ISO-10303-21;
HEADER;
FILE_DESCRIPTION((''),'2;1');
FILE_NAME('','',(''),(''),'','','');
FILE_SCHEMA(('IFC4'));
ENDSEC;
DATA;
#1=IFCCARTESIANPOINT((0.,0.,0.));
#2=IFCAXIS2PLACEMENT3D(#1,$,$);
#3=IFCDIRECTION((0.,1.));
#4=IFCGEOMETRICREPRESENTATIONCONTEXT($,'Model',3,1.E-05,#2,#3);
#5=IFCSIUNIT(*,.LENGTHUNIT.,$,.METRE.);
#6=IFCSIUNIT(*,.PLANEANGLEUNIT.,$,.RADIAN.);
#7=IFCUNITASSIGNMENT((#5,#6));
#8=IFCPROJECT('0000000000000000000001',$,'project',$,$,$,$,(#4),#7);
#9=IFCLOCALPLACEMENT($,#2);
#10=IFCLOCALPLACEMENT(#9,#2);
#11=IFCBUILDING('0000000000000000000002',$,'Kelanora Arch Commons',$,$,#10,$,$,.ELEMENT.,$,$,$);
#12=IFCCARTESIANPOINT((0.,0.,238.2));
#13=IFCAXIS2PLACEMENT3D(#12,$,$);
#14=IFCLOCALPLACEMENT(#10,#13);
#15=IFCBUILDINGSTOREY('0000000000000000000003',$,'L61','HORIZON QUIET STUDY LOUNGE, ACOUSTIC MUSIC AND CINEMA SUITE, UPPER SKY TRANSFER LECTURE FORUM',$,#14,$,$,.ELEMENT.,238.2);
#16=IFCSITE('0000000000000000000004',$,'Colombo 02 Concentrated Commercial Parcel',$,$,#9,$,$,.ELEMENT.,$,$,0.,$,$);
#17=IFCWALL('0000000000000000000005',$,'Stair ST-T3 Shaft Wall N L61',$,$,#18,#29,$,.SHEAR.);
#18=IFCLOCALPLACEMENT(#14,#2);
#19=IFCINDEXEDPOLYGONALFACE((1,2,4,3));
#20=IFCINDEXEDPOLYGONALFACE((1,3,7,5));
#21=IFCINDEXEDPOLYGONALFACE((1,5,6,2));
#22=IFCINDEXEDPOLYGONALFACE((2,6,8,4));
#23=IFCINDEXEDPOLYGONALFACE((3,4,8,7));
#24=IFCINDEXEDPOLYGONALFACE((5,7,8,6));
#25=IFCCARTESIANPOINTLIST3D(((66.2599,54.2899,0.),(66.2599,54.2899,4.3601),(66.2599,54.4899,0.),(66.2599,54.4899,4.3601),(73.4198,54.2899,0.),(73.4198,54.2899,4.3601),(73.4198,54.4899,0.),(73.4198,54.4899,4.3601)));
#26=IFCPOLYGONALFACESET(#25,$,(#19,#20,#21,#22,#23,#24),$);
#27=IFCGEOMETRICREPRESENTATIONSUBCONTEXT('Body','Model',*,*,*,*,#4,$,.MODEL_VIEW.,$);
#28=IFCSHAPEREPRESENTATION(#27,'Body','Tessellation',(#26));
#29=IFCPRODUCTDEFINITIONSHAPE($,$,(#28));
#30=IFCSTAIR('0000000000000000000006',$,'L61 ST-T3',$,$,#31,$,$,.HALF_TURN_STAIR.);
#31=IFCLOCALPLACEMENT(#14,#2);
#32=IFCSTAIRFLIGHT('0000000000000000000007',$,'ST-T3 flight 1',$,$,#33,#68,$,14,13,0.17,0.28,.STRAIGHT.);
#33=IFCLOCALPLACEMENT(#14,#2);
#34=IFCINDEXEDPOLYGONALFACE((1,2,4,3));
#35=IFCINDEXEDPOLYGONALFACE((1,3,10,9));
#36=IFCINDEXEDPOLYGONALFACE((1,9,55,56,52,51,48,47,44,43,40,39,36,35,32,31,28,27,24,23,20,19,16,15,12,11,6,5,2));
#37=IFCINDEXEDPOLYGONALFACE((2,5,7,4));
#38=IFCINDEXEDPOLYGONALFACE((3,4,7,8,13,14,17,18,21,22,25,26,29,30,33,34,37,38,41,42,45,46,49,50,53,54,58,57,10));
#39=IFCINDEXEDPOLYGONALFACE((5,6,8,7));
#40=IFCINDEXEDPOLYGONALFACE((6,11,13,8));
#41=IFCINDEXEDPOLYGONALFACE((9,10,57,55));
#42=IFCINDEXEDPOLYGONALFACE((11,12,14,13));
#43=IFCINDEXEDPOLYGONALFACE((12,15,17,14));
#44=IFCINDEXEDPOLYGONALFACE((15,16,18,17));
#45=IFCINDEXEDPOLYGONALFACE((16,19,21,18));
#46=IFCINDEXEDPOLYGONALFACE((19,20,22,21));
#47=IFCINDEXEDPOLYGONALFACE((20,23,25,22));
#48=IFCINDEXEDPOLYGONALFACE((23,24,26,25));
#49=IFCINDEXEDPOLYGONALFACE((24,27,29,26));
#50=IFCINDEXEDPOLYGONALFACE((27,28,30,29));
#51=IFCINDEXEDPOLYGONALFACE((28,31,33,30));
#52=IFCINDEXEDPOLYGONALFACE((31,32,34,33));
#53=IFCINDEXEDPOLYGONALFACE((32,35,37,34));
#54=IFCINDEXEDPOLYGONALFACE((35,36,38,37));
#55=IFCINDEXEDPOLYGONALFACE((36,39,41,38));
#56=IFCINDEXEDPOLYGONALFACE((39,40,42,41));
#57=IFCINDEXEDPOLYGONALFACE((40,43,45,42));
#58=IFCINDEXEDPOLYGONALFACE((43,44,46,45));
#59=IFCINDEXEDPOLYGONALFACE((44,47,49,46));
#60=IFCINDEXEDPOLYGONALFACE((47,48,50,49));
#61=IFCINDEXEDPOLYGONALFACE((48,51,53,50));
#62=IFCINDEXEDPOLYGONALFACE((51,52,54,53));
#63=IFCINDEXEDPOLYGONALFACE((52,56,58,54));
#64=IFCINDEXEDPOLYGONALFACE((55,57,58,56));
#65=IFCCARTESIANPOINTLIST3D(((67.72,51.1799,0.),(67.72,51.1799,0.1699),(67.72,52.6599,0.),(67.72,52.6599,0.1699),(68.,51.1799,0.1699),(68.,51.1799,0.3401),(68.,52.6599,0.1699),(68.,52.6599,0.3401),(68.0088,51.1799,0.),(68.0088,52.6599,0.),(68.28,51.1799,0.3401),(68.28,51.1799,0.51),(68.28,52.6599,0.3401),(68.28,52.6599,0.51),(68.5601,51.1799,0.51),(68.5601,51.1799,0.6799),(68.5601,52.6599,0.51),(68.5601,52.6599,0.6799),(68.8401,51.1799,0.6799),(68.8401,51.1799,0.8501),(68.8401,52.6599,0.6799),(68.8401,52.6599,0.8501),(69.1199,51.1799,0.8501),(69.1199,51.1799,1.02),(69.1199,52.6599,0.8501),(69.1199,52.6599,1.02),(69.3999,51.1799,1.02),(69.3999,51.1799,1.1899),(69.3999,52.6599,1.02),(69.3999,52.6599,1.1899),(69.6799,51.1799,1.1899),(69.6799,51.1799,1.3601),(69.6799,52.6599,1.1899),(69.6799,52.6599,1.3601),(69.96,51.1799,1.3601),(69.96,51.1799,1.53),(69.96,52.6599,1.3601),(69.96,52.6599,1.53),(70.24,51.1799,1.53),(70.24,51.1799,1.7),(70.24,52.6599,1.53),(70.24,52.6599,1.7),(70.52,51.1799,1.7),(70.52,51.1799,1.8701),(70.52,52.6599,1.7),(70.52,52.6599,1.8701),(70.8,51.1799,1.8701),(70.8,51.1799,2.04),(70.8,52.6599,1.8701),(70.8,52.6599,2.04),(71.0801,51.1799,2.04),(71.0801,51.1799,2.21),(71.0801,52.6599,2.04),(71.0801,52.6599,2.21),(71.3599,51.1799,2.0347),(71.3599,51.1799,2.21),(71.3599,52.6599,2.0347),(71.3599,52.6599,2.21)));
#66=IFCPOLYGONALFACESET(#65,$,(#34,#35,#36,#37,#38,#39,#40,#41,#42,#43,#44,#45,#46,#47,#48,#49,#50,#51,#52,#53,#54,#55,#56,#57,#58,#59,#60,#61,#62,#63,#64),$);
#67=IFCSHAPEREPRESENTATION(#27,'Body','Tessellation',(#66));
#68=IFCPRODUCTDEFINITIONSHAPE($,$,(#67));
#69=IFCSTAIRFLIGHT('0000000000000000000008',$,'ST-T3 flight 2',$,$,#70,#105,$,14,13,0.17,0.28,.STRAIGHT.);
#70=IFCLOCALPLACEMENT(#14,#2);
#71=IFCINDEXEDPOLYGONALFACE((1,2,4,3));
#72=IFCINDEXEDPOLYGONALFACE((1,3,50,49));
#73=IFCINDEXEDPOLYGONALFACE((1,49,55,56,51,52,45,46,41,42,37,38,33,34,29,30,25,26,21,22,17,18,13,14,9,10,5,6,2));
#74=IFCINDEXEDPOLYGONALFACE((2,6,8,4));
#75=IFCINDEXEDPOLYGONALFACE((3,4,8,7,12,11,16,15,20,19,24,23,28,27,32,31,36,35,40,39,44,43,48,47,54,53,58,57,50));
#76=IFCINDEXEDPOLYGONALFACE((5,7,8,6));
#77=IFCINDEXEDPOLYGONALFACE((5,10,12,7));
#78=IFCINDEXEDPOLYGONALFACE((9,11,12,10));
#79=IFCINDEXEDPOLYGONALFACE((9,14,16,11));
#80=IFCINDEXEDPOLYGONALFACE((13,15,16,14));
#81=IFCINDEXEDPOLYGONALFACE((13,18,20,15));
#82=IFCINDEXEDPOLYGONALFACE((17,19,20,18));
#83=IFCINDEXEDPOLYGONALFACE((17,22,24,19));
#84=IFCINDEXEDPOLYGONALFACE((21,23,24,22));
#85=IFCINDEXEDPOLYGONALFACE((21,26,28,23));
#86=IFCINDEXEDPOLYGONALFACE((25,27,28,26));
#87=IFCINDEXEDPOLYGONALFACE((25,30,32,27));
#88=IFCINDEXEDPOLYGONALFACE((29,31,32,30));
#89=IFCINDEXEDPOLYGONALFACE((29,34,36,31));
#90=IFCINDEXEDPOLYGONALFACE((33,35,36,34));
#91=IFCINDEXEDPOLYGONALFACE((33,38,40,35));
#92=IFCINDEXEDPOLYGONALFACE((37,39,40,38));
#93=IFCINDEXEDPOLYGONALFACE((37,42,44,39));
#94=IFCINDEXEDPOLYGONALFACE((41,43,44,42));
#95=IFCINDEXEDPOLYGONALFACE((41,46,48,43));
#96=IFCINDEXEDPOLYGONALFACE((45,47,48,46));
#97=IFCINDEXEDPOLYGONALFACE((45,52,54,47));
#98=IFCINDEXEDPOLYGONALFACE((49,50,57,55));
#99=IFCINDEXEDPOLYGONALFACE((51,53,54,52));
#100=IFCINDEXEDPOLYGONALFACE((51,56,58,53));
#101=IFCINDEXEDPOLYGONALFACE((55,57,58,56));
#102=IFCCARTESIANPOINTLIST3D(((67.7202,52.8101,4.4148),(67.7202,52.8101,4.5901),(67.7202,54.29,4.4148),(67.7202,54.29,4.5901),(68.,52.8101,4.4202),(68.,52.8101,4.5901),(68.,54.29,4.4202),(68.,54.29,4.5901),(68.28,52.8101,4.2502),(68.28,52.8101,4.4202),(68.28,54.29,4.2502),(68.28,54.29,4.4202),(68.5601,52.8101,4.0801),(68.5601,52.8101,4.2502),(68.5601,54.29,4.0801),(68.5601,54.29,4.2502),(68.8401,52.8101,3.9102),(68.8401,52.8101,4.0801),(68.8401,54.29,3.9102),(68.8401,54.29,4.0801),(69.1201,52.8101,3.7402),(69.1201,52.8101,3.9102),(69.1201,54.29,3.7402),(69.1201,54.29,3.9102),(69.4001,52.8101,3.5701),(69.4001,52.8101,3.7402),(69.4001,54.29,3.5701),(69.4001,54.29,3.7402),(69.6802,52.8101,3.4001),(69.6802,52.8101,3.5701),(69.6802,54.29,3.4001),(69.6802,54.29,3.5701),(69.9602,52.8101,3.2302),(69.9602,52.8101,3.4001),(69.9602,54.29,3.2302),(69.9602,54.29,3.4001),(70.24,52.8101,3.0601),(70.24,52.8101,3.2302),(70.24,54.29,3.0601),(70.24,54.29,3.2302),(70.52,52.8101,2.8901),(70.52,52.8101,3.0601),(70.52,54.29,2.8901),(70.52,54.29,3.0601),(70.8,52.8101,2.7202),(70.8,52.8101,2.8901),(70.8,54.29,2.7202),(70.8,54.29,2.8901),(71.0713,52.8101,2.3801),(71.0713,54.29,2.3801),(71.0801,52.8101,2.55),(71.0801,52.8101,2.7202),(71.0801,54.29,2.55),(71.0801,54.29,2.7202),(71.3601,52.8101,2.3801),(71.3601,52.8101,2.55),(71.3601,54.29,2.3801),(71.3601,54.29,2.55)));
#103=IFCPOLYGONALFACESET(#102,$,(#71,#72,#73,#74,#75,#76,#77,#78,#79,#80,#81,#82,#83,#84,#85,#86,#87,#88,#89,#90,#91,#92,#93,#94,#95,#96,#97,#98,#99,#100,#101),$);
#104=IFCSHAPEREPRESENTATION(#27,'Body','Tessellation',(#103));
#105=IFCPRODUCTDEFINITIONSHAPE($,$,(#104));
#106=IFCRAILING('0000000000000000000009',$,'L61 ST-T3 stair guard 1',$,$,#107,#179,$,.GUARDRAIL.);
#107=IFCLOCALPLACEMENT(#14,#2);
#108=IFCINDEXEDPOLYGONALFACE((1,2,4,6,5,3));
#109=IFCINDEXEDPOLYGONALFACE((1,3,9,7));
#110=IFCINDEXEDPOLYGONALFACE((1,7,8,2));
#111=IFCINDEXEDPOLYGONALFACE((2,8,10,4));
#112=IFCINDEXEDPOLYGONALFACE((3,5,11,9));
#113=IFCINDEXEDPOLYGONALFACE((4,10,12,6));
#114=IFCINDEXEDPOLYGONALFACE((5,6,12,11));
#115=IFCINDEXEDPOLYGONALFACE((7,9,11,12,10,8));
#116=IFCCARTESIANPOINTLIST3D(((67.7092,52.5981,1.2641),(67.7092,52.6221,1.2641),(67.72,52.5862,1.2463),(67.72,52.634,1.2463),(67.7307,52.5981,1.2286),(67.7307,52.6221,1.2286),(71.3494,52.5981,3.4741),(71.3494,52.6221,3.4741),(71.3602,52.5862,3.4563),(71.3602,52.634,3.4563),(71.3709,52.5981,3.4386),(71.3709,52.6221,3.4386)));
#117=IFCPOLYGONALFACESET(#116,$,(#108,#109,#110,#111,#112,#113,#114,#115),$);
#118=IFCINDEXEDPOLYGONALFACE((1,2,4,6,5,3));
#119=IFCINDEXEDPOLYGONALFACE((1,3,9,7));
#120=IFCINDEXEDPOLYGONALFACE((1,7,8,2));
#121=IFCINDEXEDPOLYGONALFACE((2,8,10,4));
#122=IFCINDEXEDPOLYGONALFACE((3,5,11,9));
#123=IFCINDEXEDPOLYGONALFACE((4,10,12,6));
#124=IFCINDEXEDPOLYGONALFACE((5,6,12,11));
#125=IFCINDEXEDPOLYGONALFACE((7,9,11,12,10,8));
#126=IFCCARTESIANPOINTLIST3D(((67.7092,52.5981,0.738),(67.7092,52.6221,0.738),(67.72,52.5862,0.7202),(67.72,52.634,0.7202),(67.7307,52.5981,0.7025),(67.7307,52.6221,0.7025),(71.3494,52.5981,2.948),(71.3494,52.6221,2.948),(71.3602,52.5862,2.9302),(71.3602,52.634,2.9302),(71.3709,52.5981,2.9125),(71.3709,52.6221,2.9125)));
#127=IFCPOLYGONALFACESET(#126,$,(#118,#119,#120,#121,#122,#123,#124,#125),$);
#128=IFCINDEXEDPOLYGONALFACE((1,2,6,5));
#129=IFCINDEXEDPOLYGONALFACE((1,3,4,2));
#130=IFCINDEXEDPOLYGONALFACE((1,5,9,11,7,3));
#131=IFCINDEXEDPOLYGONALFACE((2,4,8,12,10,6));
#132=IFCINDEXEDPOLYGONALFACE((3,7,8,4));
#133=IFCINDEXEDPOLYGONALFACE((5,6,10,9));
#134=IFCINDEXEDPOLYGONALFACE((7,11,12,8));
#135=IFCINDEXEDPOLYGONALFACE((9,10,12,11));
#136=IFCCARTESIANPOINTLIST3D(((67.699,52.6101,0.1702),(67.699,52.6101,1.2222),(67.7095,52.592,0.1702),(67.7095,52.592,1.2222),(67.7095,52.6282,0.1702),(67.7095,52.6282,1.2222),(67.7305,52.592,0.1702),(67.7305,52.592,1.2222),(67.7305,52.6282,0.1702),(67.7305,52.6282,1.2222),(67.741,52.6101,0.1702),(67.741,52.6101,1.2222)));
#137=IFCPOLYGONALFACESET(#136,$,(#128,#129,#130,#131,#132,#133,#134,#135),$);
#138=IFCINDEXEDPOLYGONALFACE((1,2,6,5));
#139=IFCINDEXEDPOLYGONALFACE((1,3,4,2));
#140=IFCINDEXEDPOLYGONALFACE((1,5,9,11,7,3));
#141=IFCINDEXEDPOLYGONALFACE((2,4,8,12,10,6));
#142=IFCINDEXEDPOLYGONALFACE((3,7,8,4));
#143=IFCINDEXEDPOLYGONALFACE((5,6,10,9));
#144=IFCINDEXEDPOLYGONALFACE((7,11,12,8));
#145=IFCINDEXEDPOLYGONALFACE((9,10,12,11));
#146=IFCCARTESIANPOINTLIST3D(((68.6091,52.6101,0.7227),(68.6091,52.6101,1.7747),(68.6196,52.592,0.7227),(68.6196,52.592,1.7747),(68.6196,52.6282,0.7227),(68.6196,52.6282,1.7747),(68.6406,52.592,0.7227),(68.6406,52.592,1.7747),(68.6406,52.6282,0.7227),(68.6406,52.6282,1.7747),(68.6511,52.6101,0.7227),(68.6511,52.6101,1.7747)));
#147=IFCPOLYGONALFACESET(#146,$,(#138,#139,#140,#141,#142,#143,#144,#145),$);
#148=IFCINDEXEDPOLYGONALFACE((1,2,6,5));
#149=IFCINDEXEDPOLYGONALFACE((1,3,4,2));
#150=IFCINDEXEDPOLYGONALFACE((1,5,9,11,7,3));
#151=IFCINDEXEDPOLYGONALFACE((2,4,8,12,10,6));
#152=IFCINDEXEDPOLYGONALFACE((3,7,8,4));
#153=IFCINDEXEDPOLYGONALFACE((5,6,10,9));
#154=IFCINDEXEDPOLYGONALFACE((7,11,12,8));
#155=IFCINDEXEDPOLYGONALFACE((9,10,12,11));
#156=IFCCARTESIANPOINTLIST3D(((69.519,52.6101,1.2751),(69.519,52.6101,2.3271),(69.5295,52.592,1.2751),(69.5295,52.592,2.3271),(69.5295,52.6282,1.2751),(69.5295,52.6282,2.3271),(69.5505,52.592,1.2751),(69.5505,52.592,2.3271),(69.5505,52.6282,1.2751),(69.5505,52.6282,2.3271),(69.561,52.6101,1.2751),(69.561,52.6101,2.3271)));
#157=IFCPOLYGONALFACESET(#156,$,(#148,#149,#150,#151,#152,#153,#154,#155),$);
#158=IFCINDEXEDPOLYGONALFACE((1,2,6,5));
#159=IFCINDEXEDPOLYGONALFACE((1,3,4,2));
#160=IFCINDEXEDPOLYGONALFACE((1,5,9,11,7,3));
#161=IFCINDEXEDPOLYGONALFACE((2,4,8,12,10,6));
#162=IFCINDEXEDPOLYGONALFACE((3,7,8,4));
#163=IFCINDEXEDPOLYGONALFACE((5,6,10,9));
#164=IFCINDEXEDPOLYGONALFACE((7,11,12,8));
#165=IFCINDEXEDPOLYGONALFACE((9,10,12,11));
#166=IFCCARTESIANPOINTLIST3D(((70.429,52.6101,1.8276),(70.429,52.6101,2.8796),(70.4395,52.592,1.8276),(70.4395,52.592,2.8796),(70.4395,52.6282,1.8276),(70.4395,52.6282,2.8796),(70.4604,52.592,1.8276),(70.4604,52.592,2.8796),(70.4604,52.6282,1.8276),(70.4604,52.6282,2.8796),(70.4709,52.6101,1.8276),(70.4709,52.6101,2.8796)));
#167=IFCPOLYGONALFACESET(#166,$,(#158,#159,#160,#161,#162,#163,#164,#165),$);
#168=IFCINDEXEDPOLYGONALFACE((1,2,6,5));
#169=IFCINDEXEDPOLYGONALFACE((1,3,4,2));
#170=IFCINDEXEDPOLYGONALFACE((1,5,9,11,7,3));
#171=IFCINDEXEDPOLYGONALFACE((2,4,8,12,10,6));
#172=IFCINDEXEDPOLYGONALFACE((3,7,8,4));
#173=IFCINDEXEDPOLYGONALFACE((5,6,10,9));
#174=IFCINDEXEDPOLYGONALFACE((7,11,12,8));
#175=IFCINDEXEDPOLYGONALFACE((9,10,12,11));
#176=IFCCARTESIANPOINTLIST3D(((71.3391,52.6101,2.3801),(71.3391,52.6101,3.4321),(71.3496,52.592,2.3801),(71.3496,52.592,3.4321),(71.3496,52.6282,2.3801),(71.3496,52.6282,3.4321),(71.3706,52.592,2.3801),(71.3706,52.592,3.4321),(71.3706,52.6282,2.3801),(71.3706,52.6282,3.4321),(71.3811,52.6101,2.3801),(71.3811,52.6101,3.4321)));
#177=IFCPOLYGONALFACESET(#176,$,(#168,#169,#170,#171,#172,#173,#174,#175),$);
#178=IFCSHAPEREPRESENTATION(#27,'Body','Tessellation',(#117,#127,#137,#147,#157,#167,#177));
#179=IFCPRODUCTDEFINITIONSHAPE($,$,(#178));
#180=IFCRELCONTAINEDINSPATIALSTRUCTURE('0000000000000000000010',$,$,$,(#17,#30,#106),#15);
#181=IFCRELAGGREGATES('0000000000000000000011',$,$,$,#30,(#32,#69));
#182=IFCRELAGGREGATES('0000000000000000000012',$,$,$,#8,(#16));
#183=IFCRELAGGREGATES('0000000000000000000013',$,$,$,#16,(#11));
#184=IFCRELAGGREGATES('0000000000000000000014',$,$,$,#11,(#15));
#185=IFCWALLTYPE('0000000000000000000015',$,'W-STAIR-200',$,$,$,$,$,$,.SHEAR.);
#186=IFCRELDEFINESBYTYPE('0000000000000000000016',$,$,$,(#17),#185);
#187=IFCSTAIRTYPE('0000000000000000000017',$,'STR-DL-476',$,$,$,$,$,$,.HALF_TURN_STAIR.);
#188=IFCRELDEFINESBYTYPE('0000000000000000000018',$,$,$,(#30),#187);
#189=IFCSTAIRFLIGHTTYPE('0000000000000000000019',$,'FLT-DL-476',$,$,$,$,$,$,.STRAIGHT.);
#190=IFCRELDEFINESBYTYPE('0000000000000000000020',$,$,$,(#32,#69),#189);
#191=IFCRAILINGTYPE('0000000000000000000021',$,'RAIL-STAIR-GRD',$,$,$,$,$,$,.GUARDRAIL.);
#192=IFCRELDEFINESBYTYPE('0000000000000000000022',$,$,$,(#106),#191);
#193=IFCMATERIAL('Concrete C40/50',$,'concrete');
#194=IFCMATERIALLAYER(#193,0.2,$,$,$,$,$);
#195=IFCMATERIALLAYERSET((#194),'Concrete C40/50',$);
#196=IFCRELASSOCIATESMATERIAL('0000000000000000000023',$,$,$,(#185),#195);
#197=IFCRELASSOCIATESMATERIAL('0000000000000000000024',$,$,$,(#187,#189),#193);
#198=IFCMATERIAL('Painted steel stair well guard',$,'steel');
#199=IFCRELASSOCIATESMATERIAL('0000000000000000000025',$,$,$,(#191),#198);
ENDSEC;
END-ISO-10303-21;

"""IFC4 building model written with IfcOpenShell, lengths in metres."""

from ifc_helpers import new_model, si_unit, direction, frame, frame_2d, origin, place, context, subcontext, project, spatial, polyline, rectangle, outline, extrude, material, layer, layer_set, type_object, element, aggregate, save


model = new_model("IFC4")

# Units and contexts
model_context = context("Model", 3, precision=1e-05, world=origin(), true_north=direction((0.0, 1.0)))
body_context = subcontext(model_context, "Body", "Model", "MODEL_VIEW")
ifc_project = project(units=[si_unit("LENGTHUNIT", "METRE"), si_unit("PLANEANGLEUNIT", "RADIAN")], contexts=[model_context])

# Site, building, storey
site_placement = place(None, origin())
site = spatial("IfcSite", under=ifc_project, at=site_placement, Name="Colombo 02 Concentrated Commercial Parcel", CompositionType="ELEMENT", RefElevation=0.0)
building_placement = place(site_placement, origin())
building = spatial("IfcBuilding", under=site, at=building_placement, Name="Kelanora Arch Commons", CompositionType="ELEMENT")
storey_placement = place(building_placement, frame((0.0, 0.0, 238.2)))
storey = spatial("IfcBuildingStorey", under=building, at=storey_placement, Name="L61", Description="HORIZON QUIET STUDY LOUNGE, ACOUSTIC MUSIC AND CINEMA SUITE, UPPER SKY TRANSFER LECTURE FORUM", CompositionType="ELEMENT", Elevation=238.2)

# Shared definitions
ifc_material_1 = material(Name="Concrete C40/50", Category="concrete")

# Wall
ifc_layer_1 = layer(ifc_material_1, 0.2)
ifc_layer_set_1 = layer_set([ifc_layer_1], Name="Concrete C40/50")
wall_type_1 = type_object("IfcWallType", Name="W-STAIR-200", PredefinedType="SHEAR", material=ifc_layer_set_1)
wall_1_placement = place(storey_placement, frame((73.4199, 54.3899, 0.0), z_axis=(0.0, 0.0, 1.0), x_axis=(-1.0, 0.0, 0.0)))
element("IfcWall", 1, at=wall_1_placement, inside=storey, type_object=wall_type_1, Name="Stair ST-T3 Shaft Wall N L61", PredefinedType="SHEAR", context=body_context, shape_type="SweptSolid", body=[
    extrude(rectangle(XDim=7.1599, YDim=0.2, at=frame_2d((3.5801, 0.0))), origin(), (0.0, 0.0, 1.0), 4.3601),
])

# Stair, stair flights
stair_type = type_object("IfcStairType", Name="STR-DL-476", PredefinedType="HALF_TURN_STAIR", material=ifc_material_1)
stair_placement = place(storey_placement, origin())
stair = element("IfcStair", 2, at=stair_placement, inside=storey, type_object=stair_type, Name="L61 ST-T3", PredefinedType="HALF_TURN_STAIR")
stair_flight_type = type_object("IfcStairFlightType", Name="FLT-DL-476", PredefinedType="STRAIGHT", material=ifc_material_1)
stair_flight_1_placement = place(storey_placement, frame((67.72, 51.9199, 0.0), z_axis=(0.0, 0.0, 1.0), x_axis=(1.0, 0.0, 0.0)))
stair_flight_1 = element("IfcStairFlight", 3, at=stair_flight_1_placement, type_object=stair_flight_type, Name="ST-T3 flight 1", NumberOfRisers=14, NumberOfTreads=13, PredefinedType="STRAIGHT", RiserHeight=0.17, TreadLength=0.28, context=body_context, shape_type="SweptSolid", body=[
    extrude(outline(polyline([(0.0, 0.0), (0.0, 0.1699), (0.28, 0.1699), (0.28, 0.3401), (0.5601, 0.3401), (0.5601, 0.51), (0.8401, 0.51), (0.8401, 0.6799), (1.1201, 0.6799), (1.1201, 0.8501), (1.3999, 0.8501), (1.3999, 1.02), (1.6799, 1.02), (1.6799, 1.1899), (1.96, 1.1899), (1.96, 1.3601), (2.24, 1.3601), (2.24, 1.53), (2.52, 1.53), (2.52, 1.7), (2.8, 1.7), (2.8, 1.8701), (3.0801, 1.8701), (3.0801, 2.04), (3.3601, 2.04), (3.3601, 2.21), (3.6399, 2.21), (3.6399, 2.3799), (3.6399, 2.0347), (0.2888, 0.0), (0.0, 0.0)])), frame((0.0, 0.74, 0.0), z_axis=(0.0, -1.0, 0.0), x_axis=(1.0, 0.0, 0.0)), (0.0, 0.0, 1.0), 1.48),
])
stair_flight_2_placement = place(storey_placement, frame((71.3601, 53.55, 2.3801), z_axis=(0.0, 0.0, 1.0), x_axis=(-1.0, 0.0, 0.0)))
stair_flight_2 = element("IfcStairFlight", 4, at=stair_flight_2_placement, type_object=stair_flight_type, Name="ST-T3 flight 2", NumberOfRisers=14, NumberOfTreads=13, PredefinedType="STRAIGHT", RiserHeight=0.17, TreadLength=0.28, context=body_context, shape_type="SweptSolid", body=[
    extrude(outline(polyline([(0.0, 0.0), (0.0, 0.1699), (0.28, 0.1699), (0.28, 0.3401), (0.5601, 0.3401), (0.5601, 0.51), (0.8401, 0.51), (0.8401, 0.6799), (1.1201, 0.6799), (1.1201, 0.8501), (1.3999, 0.8501), (1.3999, 1.02), (1.6799, 1.02), (1.6799, 1.1899), (1.96, 1.1899), (1.96, 1.3601), (2.24, 1.3601), (2.24, 1.53), (2.52, 1.53), (2.52, 1.7), (2.8, 1.7), (2.8, 1.8701), (3.0801, 1.8701), (3.0801, 2.04), (3.3601, 2.04), (3.3601, 2.21), (3.6399, 2.21), (3.6399, 2.3799), (3.6399, 2.0347), (0.2888, 0.0), (0.0, 0.0)])), frame((0.0, 0.74, 0.0), z_axis=(0.0, -1.0, 0.0), x_axis=(1.0, 0.0, 0.0)), (0.0, 0.0, 1.0), 1.48),
])
aggregate(stair, [stair_flight_1, stair_flight_2])

# Railing
ifc_material_2 = material(Name="Painted steel stair well guard", Category="steel")
railing_type_1 = type_object("IfcRailingType", Name="RAIL-STAIR-GRD", PredefinedType="GUARDRAIL", material=ifc_material_2)
railing_1_placement = place(storey_placement, frame((67.72, 52.6101, 0.1702)))
element("IfcRailing", 5, at=railing_1_placement, inside=storey, type_object=railing_type_1, Name="L61 ST-T3 stair guard 1", PredefinedType="GUARDRAIL", context=body_context, shape_type="SweptSolid", body=[
    extrude(outline(polyline([(0.0239, 0.0), (0.012, 0.0208), (-0.012, 0.0208), (-0.0239, 0.0), (-0.012, -0.0208), (0.012, -0.0208), (0.0239, 0.0)])), frame((0.0, 0.0, 1.0762), z_axis=(0.8548, 0.0, 0.518957), x_axis=(0.0, 1.0, 0.0)), (0.0, 0.0, 1.0), 4.2585),
    extrude(outline(polyline([(0.0239, 0.0), (0.012, 0.0208), (-0.012, 0.0208), (-0.0239, 0.0), (-0.012, -0.0208), (0.012, -0.0208), (0.0239, 0.0)])), frame((0.0, 0.0, 0.55), z_axis=(0.8548, 0.0, 0.518957), x_axis=(0.0, 1.0, 0.0)), (0.0, 0.0, 1.0), 4.2585),
    extrude(outline(polyline([(0.021, 0.0), (0.0105, 0.0181), (-0.0105, 0.0181), (-0.021, 0.0), (-0.0105, -0.0181), (0.0105, -0.0181), (0.021, 0.0)])), origin(), (0.0, 0.0, 1.0), 1.052),
    extrude(outline(polyline([(0.021, 0.0), (0.0105, 0.0181), (-0.0105, 0.0181), (-0.021, 0.0), (-0.0105, -0.0181), (0.0105, -0.0181), (0.021, 0.0)])), frame((0.9102, 0.0, 0.5525)), (0.0, 0.0, 1.0), 1.052),
    extrude(outline(polyline([(0.021, 0.0), (0.0105, 0.0181), (-0.0105, 0.0181), (-0.021, 0.0), (-0.0105, -0.0181), (0.0105, -0.0181), (0.021, 0.0)])), frame((1.8201, 0.0, 1.105)), (0.0, 0.0, 1.0), 1.052),
    extrude(outline(polyline([(0.021, 0.0), (0.0105, 0.0181), (-0.0105, 0.0181), (-0.021, 0.0), (-0.0105, -0.0181), (0.0105, -0.0181), (0.021, 0.0)])), frame((2.73, 0.0, 1.6575)), (0.0, 0.0, 1.0), 1.052),
    extrude(outline(polyline([(0.021, 0.0), (0.0105, 0.0181), (-0.0105, 0.0181), (-0.021, 0.0), (-0.0105, -0.0181), (0.0105, -0.0181), (0.021, 0.0)])), frame((3.6401, 0.0, 2.21)), (0.0, 0.0, 1.0), 1.052),
])

save(model, "model.ifc")
